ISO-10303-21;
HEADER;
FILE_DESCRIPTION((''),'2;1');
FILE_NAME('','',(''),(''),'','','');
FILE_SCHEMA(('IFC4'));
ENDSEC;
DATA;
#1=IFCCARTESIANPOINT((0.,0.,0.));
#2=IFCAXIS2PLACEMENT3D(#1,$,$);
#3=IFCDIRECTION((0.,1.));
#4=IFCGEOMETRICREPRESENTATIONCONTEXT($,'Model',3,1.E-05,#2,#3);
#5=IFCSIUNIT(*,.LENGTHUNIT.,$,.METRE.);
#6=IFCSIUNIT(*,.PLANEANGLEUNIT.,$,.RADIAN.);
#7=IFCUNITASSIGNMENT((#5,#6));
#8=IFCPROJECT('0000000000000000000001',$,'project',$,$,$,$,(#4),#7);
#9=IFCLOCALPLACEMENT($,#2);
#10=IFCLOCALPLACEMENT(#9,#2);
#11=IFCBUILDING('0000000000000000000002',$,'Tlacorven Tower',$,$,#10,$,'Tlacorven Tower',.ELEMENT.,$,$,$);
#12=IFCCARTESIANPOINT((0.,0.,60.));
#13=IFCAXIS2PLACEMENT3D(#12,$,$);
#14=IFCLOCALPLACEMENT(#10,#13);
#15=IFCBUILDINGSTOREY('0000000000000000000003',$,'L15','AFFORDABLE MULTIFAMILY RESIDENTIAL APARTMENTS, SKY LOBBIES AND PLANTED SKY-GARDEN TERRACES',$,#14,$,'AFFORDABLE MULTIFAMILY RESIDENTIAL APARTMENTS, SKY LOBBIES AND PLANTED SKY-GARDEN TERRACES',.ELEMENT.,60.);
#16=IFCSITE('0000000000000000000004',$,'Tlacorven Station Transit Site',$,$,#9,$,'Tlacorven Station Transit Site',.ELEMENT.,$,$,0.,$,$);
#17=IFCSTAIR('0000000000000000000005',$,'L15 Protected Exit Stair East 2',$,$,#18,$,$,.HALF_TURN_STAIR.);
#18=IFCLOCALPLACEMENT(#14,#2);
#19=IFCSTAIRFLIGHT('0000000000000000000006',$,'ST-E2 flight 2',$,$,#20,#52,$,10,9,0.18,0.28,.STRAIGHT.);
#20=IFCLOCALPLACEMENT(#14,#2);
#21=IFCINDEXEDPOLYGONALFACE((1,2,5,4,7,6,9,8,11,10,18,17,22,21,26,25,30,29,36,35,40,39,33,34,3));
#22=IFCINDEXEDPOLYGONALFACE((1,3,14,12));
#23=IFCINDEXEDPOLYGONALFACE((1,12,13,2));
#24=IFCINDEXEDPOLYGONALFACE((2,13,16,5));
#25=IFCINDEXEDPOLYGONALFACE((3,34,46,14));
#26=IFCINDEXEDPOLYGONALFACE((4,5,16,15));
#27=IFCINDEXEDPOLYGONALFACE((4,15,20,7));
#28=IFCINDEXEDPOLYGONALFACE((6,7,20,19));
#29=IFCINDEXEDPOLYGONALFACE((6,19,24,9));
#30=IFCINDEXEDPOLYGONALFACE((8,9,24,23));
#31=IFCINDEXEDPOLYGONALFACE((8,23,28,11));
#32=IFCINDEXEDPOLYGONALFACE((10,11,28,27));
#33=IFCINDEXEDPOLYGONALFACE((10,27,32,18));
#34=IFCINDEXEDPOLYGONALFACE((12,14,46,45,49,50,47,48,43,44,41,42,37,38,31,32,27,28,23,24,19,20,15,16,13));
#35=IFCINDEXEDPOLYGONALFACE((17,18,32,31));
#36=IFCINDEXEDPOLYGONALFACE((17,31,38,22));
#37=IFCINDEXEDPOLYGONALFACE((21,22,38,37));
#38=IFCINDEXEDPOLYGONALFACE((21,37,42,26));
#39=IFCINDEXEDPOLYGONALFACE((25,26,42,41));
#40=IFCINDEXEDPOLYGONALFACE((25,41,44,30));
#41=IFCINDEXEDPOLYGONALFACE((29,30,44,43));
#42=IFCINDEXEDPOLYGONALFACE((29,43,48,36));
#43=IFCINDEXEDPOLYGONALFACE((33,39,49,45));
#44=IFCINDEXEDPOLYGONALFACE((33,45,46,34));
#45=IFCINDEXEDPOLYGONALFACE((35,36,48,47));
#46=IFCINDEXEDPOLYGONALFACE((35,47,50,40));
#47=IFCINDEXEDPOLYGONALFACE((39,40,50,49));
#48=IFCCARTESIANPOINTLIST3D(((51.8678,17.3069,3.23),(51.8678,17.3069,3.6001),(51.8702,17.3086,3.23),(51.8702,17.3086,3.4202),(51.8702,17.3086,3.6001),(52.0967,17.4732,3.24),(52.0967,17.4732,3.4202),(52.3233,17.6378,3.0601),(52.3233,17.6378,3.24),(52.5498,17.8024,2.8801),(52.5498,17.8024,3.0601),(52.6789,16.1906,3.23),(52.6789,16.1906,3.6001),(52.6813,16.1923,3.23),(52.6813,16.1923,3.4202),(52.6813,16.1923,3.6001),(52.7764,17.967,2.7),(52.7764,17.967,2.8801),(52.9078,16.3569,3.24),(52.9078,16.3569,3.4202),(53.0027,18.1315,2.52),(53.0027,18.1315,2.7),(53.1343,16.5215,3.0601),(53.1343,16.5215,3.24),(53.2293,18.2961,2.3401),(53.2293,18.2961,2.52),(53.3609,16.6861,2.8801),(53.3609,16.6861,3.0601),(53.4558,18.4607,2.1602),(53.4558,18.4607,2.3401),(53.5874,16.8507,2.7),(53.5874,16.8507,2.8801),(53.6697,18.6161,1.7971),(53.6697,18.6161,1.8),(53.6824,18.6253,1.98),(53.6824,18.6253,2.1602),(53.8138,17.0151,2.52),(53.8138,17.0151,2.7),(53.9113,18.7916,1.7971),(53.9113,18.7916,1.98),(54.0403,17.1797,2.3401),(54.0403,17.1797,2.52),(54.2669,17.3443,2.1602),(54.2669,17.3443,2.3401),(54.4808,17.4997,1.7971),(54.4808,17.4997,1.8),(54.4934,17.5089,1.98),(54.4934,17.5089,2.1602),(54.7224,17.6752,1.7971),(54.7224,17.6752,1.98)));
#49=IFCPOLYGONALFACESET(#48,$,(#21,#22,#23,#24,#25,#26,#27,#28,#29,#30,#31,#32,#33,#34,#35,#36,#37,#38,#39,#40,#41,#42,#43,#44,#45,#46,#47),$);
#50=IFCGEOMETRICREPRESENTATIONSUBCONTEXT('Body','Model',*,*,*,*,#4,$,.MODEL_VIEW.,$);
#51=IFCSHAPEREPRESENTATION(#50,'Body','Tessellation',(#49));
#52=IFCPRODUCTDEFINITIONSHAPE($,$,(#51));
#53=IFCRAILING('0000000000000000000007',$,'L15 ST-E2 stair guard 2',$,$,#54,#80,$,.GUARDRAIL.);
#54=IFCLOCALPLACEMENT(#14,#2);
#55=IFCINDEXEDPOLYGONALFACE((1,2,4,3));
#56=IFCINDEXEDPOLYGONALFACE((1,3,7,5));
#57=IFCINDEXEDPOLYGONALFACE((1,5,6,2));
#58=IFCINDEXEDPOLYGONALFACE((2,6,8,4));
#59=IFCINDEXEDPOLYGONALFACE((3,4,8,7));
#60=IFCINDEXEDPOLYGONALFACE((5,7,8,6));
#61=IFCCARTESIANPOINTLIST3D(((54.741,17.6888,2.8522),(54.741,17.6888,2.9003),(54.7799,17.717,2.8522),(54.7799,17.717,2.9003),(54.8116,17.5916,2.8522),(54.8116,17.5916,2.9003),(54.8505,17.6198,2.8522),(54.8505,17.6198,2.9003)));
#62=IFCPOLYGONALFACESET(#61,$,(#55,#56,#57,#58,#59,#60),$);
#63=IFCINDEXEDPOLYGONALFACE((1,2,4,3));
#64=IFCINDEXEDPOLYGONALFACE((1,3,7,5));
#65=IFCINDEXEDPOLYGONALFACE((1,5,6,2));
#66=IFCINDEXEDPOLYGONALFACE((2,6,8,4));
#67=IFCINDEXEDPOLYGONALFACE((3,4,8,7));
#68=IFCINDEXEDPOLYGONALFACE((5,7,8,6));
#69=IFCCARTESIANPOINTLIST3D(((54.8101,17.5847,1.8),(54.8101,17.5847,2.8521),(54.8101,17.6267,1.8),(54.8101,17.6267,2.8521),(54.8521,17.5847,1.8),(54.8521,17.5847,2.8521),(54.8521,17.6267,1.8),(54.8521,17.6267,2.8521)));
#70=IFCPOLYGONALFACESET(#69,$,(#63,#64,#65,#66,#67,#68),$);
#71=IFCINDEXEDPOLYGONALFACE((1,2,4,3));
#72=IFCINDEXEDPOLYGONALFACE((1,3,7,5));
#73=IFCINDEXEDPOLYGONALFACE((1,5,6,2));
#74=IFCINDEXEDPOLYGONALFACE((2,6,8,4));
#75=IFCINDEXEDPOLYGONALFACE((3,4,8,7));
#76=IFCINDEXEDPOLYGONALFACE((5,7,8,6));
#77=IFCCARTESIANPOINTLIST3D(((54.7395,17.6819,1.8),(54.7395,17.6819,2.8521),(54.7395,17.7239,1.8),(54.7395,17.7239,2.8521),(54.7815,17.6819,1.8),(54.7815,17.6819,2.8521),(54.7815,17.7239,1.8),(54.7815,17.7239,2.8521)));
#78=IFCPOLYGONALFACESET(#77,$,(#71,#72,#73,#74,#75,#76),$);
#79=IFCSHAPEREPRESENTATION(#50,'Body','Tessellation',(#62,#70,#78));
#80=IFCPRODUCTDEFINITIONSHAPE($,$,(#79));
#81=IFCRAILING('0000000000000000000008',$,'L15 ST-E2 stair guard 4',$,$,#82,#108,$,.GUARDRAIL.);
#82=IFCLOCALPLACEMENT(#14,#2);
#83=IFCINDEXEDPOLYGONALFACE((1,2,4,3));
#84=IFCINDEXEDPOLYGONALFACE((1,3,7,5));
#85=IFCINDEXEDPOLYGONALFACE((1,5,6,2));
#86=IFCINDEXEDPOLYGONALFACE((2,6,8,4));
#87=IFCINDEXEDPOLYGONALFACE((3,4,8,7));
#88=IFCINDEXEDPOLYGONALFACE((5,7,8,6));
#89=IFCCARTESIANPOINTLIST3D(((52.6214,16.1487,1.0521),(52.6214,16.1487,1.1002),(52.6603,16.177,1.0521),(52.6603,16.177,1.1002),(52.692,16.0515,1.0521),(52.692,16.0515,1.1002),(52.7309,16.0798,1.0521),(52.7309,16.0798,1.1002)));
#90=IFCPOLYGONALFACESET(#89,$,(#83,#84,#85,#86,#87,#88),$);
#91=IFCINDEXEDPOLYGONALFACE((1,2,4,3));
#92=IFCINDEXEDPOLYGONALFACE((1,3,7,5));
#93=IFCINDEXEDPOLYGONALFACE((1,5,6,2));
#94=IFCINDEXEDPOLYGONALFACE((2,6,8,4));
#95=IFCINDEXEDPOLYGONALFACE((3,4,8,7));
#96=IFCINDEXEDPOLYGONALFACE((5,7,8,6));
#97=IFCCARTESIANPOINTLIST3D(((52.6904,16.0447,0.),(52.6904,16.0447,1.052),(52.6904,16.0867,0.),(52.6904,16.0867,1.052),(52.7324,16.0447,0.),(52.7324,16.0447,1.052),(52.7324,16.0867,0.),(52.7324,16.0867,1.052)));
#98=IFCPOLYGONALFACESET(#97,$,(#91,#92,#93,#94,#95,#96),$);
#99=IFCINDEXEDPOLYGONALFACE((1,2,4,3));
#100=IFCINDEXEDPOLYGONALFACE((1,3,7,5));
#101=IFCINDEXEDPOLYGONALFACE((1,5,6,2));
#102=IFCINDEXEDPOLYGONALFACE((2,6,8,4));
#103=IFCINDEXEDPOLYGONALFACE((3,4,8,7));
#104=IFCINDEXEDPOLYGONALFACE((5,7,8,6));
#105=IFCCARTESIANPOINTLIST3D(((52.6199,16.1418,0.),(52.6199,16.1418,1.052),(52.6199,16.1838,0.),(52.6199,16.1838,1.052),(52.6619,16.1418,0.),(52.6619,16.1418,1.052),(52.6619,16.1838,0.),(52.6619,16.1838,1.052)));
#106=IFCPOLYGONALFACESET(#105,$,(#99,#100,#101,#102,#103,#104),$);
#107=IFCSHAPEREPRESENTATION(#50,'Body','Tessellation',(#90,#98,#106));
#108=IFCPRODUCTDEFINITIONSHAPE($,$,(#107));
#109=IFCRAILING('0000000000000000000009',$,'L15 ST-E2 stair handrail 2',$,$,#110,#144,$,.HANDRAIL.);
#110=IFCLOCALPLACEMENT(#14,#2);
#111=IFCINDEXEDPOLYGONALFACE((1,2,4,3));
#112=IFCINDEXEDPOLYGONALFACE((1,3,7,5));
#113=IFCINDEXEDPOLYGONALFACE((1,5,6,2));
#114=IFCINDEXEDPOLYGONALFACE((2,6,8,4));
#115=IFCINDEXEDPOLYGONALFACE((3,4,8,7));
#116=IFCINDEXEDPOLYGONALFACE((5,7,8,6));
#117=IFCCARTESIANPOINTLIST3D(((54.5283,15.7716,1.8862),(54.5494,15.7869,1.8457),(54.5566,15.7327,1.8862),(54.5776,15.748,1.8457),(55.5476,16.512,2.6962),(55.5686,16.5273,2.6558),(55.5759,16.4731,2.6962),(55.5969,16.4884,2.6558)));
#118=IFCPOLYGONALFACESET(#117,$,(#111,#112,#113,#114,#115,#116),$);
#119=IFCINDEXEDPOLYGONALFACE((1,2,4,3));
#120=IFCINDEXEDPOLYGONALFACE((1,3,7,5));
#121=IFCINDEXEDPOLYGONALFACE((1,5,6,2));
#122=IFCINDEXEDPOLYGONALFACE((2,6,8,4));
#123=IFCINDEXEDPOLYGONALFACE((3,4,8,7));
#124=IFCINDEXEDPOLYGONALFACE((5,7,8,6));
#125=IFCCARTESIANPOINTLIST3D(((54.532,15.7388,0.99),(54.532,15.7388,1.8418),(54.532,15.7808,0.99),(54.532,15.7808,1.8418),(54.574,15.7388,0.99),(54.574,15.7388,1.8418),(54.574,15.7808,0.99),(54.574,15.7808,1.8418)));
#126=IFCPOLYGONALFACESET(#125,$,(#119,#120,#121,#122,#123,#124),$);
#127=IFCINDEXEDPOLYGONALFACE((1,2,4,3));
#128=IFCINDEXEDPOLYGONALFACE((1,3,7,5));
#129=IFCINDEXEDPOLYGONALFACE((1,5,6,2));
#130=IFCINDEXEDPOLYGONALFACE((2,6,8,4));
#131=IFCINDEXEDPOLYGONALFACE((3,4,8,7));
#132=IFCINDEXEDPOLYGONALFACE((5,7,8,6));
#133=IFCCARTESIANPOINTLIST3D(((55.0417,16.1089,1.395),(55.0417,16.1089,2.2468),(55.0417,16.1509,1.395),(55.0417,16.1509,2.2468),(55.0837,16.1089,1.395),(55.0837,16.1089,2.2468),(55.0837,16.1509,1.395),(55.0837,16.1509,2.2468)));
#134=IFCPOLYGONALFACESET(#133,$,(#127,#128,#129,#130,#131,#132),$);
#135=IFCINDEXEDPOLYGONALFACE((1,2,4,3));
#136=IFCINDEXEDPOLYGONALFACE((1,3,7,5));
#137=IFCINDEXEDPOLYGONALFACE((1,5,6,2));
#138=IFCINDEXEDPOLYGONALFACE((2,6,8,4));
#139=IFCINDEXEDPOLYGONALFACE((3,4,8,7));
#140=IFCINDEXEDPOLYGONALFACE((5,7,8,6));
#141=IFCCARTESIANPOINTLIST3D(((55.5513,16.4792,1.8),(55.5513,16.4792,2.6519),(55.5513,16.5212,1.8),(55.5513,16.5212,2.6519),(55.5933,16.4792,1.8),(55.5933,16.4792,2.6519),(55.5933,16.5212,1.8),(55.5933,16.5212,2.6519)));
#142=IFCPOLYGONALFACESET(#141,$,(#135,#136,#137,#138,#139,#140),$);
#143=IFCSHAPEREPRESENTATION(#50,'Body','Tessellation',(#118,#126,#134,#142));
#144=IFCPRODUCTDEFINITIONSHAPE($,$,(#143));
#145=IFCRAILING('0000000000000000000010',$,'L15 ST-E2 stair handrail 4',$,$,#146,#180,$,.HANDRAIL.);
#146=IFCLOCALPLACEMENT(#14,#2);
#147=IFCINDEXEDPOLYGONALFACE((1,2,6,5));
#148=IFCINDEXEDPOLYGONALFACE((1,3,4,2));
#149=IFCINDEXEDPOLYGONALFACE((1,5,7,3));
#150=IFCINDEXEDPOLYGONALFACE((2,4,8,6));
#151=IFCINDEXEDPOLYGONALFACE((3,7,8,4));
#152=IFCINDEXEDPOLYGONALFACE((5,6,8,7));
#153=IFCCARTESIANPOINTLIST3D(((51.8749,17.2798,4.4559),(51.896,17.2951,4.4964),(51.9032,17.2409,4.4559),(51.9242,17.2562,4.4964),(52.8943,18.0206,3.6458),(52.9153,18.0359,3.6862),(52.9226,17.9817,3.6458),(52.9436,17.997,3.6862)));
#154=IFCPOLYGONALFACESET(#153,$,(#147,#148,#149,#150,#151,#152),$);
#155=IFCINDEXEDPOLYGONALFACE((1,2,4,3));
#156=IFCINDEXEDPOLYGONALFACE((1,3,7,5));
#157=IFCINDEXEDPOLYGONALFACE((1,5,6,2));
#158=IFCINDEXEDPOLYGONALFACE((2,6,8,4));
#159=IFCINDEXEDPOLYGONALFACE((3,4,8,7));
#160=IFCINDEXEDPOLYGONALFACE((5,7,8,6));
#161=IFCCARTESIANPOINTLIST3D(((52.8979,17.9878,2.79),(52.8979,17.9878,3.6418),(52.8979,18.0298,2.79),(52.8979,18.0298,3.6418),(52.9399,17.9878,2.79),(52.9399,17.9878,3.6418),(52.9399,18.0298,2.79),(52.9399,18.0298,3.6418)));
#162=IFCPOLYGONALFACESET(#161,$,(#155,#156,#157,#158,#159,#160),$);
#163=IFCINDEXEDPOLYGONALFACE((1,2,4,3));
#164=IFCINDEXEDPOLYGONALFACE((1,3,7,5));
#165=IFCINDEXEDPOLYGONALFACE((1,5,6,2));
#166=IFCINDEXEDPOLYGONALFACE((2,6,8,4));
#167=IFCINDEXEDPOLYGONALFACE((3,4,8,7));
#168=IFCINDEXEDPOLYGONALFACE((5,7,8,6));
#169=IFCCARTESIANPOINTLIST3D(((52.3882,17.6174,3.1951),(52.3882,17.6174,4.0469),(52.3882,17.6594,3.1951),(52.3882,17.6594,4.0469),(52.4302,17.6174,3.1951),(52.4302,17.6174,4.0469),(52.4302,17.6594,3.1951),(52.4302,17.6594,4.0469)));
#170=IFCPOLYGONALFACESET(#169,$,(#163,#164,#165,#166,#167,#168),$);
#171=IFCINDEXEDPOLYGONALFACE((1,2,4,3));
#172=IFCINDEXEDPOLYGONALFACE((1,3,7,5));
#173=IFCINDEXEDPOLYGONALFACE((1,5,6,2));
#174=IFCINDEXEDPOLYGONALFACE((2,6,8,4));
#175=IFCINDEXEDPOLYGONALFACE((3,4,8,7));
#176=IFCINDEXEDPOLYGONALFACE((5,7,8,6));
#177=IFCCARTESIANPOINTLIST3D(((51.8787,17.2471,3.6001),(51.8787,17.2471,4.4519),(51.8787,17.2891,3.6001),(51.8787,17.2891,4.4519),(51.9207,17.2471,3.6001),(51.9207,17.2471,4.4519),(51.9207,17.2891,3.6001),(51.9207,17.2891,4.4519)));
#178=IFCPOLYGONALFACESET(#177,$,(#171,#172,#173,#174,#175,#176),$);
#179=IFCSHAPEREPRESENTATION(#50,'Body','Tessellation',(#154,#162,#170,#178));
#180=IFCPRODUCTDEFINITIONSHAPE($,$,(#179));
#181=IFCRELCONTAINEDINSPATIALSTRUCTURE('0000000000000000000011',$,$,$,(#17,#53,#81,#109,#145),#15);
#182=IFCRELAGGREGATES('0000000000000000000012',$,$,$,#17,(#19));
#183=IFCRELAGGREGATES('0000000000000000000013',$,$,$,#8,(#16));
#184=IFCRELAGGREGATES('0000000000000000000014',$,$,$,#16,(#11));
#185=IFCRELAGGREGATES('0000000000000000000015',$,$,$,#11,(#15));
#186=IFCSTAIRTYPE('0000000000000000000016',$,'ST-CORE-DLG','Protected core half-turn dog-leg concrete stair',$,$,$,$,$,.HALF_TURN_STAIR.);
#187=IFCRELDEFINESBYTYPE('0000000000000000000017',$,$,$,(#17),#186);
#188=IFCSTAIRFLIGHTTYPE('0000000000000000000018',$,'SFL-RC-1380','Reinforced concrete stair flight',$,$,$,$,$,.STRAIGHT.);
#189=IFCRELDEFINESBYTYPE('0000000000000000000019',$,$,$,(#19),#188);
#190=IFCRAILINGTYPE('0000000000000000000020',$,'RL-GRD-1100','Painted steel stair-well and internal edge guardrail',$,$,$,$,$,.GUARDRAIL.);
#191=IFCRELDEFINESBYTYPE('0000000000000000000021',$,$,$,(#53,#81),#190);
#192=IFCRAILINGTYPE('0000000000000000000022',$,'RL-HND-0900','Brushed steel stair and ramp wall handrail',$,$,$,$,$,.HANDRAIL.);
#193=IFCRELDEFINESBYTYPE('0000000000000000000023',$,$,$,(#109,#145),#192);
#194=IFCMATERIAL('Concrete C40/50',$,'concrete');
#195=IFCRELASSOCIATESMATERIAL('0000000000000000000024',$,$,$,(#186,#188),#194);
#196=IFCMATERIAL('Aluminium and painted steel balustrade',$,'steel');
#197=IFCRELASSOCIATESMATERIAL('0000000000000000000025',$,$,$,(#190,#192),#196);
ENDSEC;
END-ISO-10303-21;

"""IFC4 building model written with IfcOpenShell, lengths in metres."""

from ifc_helpers import new_model, si_unit, direction, frame, origin, origin_2d, place, context, subcontext, project, spatial, polyline, rectangle, outline, extrude, source, transform, mapped, material, type_object, element, aggregate, save


model = new_model("IFC4")

# Units and contexts
model_context = context("Model", 3, precision=1e-05, world=origin(), true_north=direction((0.0, 1.0)))
body_context = subcontext(model_context, "Body", "Model", "MODEL_VIEW")
ifc_project = project(units=[si_unit("LENGTHUNIT", "METRE"), si_unit("PLANEANGLEUNIT", "RADIAN")], contexts=[model_context])

# Site, building, storey
site_placement = place(None, origin())
site = spatial("IfcSite", under=ifc_project, at=site_placement, Name="Tlacorven Station Transit Site", LongName="Tlacorven Station Transit Site", CompositionType="ELEMENT", RefElevation=0.0)
building_placement = place(site_placement, origin())
building = spatial("IfcBuilding", under=site, at=building_placement, Name="Tlacorven Tower", LongName="Tlacorven Tower", CompositionType="ELEMENT")
storey_placement = place(building_placement, frame((0.0, 0.0, 60.0)))
storey = spatial("IfcBuildingStorey", under=building, at=storey_placement, Name="L15", Description="AFFORDABLE MULTIFAMILY RESIDENTIAL APARTMENTS, SKY LOBBIES AND PLANTED SKY-GARDEN TERRACES", LongName="AFFORDABLE MULTIFAMILY RESIDENTIAL APARTMENTS, SKY LOBBIES AND PLANTED SKY-GARDEN TERRACES", CompositionType="ELEMENT", Elevation=60.0)

# Stair, stair flight
ifc_material_1 = material(Name="Concrete C40/50", Category="concrete")
stair_type = type_object("IfcStairType", Name="ST-CORE-DLG", Description="Protected core half-turn dog-leg concrete stair", PredefinedType="HALF_TURN_STAIR", material=ifc_material_1)
stair_placement = place(storey_placement, origin())
stair = element("IfcStair", 1, at=stair_placement, inside=storey, type_object=stair_type, Name="L15 Protected Exit Stair East 2", PredefinedType="HALF_TURN_STAIR")
stair_flight_type = type_object("IfcStairFlightType", Name="SFL-RC-1380", Description="Reinforced concrete stair flight", PredefinedType="STRAIGHT", material=ifc_material_1)
shared_shape_1 = source(origin(), body_context, "Body", "SweptSolid", [
    extrude(outline(polyline([(-0.0029, -0.0029), (-0.0029, 0.1799), (0.28, 0.1799), (0.28, 0.3601), (0.5601, 0.3601), (0.5601, 0.54), (0.8401, 0.54), (0.8401, 0.72), (1.1201, 0.72), (1.1201, 0.8999), (1.3999, 0.8999), (1.3999, 1.0801), (1.6799, 1.0801), (1.6799, 1.26), (1.96, 1.26), (1.96, 1.4399), (2.24, 1.4399), (2.24, 1.6201), (2.52, 1.6201), (2.52, 1.8), (2.5229, 1.8), (2.5229, 1.4299), (2.52, 1.4299), (0.2957, 0.0), (0.2957, -0.0029), (-0.0029, -0.0029)])), frame((0.0, 0.6899, 0.0), z_axis=(0.0, -1.0, 0.0), x_axis=(1.0, 0.0, 0.0)), (0.0, 0.0, 1.0), 1.3799),
])
stair_flight_1_placement = place(storey_placement, frame((54.3145, 18.2317, 1.8), z_axis=(0.0, 0.0, 1.0), x_axis=(-0.809017, -0.587785, 0.0)))
stair_flight_1 = element("IfcStairFlight", 2, at=stair_flight_1_placement, type_object=stair_flight_type, Name="ST-E2 flight 2", NumberOfRisers=10, NumberOfTreads=9, PredefinedType="STRAIGHT", RiserHeight=0.18, TreadLength=0.28, context=body_context, shape_type="MappedRepresentation", body=[
    mapped(shared_shape_1, transform((0.0, 0.0, 0.0), scale=1.0)),
])
aggregate(stair, [stair_flight_1])

# Railings
ifc_material_2 = material(Name="Aluminium and painted steel balustrade", Category="steel")
railing_type_1 = type_object("IfcRailingType", Name="RL-GRD-1100", Description="Painted steel stair-well and internal edge guardrail", PredefinedType="GUARDRAIL", material=ifc_material_2)
shared_shape_2 = source(origin(), body_context, "Body", "SweptSolid", [
    extrude(rectangle(XDim=0.0481, YDim=0.0481, at=origin_2d()), frame((0.0, 0.0, 1.0762), z_axis=(-0.587567, 0.809175, 0.0), x_axis=(-0.809175, -0.587567, 0.0)), (0.0, 0.0, 1.0), 0.1201),
    extrude(rectangle(XDim=0.042, YDim=0.042, at=origin_2d()), origin(), (0.0, 0.0, 1.0), 1.052),
    extrude(rectangle(XDim=0.042, YDim=0.042, at=origin_2d()), frame((-0.0706, 0.0972, 0.0)), (0.0, 0.0, 1.0), 1.052),
])
for number, where, name in (
    (3, (54.8311, 17.6057, 1.8), "L15 ST-E2 stair guard 2"),
    (4, (52.7114, 16.0657, 0.0), "L15 ST-E2 stair guard 4"),
):
    element("IfcRailing", number, at=place(storey_placement, frame(where)), inside=storey, type_object=railing_type_1, Name=name, PredefinedType="GUARDRAIL", context=body_context, shape_type="MappedRepresentation", body=[
        mapped(shared_shape_2, transform((0.0, 0.0, 0.0), scale=1.0)),
    ])
railing_type_2 = type_object("IfcRailingType", Name="RL-HND-0900", Description="Brushed steel stair and ramp wall handrail", PredefinedType="HANDRAIL", material=ifc_material_2)
shared_shape_3 = source(origin(), body_context, "Body", "SweptSolid", [
    extrude(rectangle(XDim=0.0481, YDim=0.0481, at=origin_2d()), frame((0.0, 0.0, 0.876), z_axis=(0.680516, 0.494373, 0.540827), x_axis=(-0.587745, 0.809046, 0.0)), (0.0, 0.0, 1.0), 1.4978),
    extrude(rectangle(XDim=0.042, YDim=0.042, at=origin_2d()), origin(), (0.0, 0.0, 1.0), 0.8518),
    extrude(rectangle(XDim=0.042, YDim=0.042, at=origin_2d()), frame((0.5098, 0.3701, 0.405)), (0.0, 0.0, 1.0), 0.8518),
    extrude(rectangle(XDim=0.042, YDim=0.042, at=origin_2d()), frame((1.0193, 0.7405, 0.8101)), (0.0, 0.0, 1.0), 0.8518),
])
railing_1_placement = place(storey_placement, frame((54.553, 15.7598, 0.99)))
element("IfcRailing", 5, at=railing_1_placement, inside=storey, type_object=railing_type_2, Name="L15 ST-E2 stair handrail 2", PredefinedType="HANDRAIL", context=body_context, shape_type="MappedRepresentation", body=[
    mapped(shared_shape_3, transform((0.0, 0.0, 0.0), scale=1.0)),
])
shared_shape_4 = source(origin(), body_context, "Body", "SweptSolid", [
    extrude(rectangle(XDim=0.0481, YDim=0.0481, at=origin_2d()), frame((0.0, 0.0, 0.876), z_axis=(-0.680461, -0.494496, 0.540783), x_axis=(0.587872, -0.808954, 0.0)), (0.0, 0.0, 1.0), 1.498),
    extrude(rectangle(XDim=0.042, YDim=0.042, at=origin_2d()), origin(), (0.0, 0.0, 1.0), 0.8518),
    extrude(rectangle(XDim=0.042, YDim=0.042, at=origin_2d()), frame((-0.5098, -0.3704, 0.405)), (0.0, 0.0, 1.0), 0.8518),
    extrude(rectangle(XDim=0.042, YDim=0.042, at=origin_2d()), frame((-1.0193, -0.7407, 0.8101)), (0.0, 0.0, 1.0), 0.8518),
])
railing_2_placement = place(storey_placement, frame((52.9189, 18.0088, 2.79)))
element("IfcRailing", 6, at=railing_2_placement, inside=storey, type_object=railing_type_2, Name="L15 ST-E2 stair handrail 4", PredefinedType="HANDRAIL", context=body_context, shape_type="MappedRepresentation", body=[
    mapped(shared_shape_4, transform((0.0, 0.0, 0.0), scale=1.0)),
])

save(model, "model.ifc")
